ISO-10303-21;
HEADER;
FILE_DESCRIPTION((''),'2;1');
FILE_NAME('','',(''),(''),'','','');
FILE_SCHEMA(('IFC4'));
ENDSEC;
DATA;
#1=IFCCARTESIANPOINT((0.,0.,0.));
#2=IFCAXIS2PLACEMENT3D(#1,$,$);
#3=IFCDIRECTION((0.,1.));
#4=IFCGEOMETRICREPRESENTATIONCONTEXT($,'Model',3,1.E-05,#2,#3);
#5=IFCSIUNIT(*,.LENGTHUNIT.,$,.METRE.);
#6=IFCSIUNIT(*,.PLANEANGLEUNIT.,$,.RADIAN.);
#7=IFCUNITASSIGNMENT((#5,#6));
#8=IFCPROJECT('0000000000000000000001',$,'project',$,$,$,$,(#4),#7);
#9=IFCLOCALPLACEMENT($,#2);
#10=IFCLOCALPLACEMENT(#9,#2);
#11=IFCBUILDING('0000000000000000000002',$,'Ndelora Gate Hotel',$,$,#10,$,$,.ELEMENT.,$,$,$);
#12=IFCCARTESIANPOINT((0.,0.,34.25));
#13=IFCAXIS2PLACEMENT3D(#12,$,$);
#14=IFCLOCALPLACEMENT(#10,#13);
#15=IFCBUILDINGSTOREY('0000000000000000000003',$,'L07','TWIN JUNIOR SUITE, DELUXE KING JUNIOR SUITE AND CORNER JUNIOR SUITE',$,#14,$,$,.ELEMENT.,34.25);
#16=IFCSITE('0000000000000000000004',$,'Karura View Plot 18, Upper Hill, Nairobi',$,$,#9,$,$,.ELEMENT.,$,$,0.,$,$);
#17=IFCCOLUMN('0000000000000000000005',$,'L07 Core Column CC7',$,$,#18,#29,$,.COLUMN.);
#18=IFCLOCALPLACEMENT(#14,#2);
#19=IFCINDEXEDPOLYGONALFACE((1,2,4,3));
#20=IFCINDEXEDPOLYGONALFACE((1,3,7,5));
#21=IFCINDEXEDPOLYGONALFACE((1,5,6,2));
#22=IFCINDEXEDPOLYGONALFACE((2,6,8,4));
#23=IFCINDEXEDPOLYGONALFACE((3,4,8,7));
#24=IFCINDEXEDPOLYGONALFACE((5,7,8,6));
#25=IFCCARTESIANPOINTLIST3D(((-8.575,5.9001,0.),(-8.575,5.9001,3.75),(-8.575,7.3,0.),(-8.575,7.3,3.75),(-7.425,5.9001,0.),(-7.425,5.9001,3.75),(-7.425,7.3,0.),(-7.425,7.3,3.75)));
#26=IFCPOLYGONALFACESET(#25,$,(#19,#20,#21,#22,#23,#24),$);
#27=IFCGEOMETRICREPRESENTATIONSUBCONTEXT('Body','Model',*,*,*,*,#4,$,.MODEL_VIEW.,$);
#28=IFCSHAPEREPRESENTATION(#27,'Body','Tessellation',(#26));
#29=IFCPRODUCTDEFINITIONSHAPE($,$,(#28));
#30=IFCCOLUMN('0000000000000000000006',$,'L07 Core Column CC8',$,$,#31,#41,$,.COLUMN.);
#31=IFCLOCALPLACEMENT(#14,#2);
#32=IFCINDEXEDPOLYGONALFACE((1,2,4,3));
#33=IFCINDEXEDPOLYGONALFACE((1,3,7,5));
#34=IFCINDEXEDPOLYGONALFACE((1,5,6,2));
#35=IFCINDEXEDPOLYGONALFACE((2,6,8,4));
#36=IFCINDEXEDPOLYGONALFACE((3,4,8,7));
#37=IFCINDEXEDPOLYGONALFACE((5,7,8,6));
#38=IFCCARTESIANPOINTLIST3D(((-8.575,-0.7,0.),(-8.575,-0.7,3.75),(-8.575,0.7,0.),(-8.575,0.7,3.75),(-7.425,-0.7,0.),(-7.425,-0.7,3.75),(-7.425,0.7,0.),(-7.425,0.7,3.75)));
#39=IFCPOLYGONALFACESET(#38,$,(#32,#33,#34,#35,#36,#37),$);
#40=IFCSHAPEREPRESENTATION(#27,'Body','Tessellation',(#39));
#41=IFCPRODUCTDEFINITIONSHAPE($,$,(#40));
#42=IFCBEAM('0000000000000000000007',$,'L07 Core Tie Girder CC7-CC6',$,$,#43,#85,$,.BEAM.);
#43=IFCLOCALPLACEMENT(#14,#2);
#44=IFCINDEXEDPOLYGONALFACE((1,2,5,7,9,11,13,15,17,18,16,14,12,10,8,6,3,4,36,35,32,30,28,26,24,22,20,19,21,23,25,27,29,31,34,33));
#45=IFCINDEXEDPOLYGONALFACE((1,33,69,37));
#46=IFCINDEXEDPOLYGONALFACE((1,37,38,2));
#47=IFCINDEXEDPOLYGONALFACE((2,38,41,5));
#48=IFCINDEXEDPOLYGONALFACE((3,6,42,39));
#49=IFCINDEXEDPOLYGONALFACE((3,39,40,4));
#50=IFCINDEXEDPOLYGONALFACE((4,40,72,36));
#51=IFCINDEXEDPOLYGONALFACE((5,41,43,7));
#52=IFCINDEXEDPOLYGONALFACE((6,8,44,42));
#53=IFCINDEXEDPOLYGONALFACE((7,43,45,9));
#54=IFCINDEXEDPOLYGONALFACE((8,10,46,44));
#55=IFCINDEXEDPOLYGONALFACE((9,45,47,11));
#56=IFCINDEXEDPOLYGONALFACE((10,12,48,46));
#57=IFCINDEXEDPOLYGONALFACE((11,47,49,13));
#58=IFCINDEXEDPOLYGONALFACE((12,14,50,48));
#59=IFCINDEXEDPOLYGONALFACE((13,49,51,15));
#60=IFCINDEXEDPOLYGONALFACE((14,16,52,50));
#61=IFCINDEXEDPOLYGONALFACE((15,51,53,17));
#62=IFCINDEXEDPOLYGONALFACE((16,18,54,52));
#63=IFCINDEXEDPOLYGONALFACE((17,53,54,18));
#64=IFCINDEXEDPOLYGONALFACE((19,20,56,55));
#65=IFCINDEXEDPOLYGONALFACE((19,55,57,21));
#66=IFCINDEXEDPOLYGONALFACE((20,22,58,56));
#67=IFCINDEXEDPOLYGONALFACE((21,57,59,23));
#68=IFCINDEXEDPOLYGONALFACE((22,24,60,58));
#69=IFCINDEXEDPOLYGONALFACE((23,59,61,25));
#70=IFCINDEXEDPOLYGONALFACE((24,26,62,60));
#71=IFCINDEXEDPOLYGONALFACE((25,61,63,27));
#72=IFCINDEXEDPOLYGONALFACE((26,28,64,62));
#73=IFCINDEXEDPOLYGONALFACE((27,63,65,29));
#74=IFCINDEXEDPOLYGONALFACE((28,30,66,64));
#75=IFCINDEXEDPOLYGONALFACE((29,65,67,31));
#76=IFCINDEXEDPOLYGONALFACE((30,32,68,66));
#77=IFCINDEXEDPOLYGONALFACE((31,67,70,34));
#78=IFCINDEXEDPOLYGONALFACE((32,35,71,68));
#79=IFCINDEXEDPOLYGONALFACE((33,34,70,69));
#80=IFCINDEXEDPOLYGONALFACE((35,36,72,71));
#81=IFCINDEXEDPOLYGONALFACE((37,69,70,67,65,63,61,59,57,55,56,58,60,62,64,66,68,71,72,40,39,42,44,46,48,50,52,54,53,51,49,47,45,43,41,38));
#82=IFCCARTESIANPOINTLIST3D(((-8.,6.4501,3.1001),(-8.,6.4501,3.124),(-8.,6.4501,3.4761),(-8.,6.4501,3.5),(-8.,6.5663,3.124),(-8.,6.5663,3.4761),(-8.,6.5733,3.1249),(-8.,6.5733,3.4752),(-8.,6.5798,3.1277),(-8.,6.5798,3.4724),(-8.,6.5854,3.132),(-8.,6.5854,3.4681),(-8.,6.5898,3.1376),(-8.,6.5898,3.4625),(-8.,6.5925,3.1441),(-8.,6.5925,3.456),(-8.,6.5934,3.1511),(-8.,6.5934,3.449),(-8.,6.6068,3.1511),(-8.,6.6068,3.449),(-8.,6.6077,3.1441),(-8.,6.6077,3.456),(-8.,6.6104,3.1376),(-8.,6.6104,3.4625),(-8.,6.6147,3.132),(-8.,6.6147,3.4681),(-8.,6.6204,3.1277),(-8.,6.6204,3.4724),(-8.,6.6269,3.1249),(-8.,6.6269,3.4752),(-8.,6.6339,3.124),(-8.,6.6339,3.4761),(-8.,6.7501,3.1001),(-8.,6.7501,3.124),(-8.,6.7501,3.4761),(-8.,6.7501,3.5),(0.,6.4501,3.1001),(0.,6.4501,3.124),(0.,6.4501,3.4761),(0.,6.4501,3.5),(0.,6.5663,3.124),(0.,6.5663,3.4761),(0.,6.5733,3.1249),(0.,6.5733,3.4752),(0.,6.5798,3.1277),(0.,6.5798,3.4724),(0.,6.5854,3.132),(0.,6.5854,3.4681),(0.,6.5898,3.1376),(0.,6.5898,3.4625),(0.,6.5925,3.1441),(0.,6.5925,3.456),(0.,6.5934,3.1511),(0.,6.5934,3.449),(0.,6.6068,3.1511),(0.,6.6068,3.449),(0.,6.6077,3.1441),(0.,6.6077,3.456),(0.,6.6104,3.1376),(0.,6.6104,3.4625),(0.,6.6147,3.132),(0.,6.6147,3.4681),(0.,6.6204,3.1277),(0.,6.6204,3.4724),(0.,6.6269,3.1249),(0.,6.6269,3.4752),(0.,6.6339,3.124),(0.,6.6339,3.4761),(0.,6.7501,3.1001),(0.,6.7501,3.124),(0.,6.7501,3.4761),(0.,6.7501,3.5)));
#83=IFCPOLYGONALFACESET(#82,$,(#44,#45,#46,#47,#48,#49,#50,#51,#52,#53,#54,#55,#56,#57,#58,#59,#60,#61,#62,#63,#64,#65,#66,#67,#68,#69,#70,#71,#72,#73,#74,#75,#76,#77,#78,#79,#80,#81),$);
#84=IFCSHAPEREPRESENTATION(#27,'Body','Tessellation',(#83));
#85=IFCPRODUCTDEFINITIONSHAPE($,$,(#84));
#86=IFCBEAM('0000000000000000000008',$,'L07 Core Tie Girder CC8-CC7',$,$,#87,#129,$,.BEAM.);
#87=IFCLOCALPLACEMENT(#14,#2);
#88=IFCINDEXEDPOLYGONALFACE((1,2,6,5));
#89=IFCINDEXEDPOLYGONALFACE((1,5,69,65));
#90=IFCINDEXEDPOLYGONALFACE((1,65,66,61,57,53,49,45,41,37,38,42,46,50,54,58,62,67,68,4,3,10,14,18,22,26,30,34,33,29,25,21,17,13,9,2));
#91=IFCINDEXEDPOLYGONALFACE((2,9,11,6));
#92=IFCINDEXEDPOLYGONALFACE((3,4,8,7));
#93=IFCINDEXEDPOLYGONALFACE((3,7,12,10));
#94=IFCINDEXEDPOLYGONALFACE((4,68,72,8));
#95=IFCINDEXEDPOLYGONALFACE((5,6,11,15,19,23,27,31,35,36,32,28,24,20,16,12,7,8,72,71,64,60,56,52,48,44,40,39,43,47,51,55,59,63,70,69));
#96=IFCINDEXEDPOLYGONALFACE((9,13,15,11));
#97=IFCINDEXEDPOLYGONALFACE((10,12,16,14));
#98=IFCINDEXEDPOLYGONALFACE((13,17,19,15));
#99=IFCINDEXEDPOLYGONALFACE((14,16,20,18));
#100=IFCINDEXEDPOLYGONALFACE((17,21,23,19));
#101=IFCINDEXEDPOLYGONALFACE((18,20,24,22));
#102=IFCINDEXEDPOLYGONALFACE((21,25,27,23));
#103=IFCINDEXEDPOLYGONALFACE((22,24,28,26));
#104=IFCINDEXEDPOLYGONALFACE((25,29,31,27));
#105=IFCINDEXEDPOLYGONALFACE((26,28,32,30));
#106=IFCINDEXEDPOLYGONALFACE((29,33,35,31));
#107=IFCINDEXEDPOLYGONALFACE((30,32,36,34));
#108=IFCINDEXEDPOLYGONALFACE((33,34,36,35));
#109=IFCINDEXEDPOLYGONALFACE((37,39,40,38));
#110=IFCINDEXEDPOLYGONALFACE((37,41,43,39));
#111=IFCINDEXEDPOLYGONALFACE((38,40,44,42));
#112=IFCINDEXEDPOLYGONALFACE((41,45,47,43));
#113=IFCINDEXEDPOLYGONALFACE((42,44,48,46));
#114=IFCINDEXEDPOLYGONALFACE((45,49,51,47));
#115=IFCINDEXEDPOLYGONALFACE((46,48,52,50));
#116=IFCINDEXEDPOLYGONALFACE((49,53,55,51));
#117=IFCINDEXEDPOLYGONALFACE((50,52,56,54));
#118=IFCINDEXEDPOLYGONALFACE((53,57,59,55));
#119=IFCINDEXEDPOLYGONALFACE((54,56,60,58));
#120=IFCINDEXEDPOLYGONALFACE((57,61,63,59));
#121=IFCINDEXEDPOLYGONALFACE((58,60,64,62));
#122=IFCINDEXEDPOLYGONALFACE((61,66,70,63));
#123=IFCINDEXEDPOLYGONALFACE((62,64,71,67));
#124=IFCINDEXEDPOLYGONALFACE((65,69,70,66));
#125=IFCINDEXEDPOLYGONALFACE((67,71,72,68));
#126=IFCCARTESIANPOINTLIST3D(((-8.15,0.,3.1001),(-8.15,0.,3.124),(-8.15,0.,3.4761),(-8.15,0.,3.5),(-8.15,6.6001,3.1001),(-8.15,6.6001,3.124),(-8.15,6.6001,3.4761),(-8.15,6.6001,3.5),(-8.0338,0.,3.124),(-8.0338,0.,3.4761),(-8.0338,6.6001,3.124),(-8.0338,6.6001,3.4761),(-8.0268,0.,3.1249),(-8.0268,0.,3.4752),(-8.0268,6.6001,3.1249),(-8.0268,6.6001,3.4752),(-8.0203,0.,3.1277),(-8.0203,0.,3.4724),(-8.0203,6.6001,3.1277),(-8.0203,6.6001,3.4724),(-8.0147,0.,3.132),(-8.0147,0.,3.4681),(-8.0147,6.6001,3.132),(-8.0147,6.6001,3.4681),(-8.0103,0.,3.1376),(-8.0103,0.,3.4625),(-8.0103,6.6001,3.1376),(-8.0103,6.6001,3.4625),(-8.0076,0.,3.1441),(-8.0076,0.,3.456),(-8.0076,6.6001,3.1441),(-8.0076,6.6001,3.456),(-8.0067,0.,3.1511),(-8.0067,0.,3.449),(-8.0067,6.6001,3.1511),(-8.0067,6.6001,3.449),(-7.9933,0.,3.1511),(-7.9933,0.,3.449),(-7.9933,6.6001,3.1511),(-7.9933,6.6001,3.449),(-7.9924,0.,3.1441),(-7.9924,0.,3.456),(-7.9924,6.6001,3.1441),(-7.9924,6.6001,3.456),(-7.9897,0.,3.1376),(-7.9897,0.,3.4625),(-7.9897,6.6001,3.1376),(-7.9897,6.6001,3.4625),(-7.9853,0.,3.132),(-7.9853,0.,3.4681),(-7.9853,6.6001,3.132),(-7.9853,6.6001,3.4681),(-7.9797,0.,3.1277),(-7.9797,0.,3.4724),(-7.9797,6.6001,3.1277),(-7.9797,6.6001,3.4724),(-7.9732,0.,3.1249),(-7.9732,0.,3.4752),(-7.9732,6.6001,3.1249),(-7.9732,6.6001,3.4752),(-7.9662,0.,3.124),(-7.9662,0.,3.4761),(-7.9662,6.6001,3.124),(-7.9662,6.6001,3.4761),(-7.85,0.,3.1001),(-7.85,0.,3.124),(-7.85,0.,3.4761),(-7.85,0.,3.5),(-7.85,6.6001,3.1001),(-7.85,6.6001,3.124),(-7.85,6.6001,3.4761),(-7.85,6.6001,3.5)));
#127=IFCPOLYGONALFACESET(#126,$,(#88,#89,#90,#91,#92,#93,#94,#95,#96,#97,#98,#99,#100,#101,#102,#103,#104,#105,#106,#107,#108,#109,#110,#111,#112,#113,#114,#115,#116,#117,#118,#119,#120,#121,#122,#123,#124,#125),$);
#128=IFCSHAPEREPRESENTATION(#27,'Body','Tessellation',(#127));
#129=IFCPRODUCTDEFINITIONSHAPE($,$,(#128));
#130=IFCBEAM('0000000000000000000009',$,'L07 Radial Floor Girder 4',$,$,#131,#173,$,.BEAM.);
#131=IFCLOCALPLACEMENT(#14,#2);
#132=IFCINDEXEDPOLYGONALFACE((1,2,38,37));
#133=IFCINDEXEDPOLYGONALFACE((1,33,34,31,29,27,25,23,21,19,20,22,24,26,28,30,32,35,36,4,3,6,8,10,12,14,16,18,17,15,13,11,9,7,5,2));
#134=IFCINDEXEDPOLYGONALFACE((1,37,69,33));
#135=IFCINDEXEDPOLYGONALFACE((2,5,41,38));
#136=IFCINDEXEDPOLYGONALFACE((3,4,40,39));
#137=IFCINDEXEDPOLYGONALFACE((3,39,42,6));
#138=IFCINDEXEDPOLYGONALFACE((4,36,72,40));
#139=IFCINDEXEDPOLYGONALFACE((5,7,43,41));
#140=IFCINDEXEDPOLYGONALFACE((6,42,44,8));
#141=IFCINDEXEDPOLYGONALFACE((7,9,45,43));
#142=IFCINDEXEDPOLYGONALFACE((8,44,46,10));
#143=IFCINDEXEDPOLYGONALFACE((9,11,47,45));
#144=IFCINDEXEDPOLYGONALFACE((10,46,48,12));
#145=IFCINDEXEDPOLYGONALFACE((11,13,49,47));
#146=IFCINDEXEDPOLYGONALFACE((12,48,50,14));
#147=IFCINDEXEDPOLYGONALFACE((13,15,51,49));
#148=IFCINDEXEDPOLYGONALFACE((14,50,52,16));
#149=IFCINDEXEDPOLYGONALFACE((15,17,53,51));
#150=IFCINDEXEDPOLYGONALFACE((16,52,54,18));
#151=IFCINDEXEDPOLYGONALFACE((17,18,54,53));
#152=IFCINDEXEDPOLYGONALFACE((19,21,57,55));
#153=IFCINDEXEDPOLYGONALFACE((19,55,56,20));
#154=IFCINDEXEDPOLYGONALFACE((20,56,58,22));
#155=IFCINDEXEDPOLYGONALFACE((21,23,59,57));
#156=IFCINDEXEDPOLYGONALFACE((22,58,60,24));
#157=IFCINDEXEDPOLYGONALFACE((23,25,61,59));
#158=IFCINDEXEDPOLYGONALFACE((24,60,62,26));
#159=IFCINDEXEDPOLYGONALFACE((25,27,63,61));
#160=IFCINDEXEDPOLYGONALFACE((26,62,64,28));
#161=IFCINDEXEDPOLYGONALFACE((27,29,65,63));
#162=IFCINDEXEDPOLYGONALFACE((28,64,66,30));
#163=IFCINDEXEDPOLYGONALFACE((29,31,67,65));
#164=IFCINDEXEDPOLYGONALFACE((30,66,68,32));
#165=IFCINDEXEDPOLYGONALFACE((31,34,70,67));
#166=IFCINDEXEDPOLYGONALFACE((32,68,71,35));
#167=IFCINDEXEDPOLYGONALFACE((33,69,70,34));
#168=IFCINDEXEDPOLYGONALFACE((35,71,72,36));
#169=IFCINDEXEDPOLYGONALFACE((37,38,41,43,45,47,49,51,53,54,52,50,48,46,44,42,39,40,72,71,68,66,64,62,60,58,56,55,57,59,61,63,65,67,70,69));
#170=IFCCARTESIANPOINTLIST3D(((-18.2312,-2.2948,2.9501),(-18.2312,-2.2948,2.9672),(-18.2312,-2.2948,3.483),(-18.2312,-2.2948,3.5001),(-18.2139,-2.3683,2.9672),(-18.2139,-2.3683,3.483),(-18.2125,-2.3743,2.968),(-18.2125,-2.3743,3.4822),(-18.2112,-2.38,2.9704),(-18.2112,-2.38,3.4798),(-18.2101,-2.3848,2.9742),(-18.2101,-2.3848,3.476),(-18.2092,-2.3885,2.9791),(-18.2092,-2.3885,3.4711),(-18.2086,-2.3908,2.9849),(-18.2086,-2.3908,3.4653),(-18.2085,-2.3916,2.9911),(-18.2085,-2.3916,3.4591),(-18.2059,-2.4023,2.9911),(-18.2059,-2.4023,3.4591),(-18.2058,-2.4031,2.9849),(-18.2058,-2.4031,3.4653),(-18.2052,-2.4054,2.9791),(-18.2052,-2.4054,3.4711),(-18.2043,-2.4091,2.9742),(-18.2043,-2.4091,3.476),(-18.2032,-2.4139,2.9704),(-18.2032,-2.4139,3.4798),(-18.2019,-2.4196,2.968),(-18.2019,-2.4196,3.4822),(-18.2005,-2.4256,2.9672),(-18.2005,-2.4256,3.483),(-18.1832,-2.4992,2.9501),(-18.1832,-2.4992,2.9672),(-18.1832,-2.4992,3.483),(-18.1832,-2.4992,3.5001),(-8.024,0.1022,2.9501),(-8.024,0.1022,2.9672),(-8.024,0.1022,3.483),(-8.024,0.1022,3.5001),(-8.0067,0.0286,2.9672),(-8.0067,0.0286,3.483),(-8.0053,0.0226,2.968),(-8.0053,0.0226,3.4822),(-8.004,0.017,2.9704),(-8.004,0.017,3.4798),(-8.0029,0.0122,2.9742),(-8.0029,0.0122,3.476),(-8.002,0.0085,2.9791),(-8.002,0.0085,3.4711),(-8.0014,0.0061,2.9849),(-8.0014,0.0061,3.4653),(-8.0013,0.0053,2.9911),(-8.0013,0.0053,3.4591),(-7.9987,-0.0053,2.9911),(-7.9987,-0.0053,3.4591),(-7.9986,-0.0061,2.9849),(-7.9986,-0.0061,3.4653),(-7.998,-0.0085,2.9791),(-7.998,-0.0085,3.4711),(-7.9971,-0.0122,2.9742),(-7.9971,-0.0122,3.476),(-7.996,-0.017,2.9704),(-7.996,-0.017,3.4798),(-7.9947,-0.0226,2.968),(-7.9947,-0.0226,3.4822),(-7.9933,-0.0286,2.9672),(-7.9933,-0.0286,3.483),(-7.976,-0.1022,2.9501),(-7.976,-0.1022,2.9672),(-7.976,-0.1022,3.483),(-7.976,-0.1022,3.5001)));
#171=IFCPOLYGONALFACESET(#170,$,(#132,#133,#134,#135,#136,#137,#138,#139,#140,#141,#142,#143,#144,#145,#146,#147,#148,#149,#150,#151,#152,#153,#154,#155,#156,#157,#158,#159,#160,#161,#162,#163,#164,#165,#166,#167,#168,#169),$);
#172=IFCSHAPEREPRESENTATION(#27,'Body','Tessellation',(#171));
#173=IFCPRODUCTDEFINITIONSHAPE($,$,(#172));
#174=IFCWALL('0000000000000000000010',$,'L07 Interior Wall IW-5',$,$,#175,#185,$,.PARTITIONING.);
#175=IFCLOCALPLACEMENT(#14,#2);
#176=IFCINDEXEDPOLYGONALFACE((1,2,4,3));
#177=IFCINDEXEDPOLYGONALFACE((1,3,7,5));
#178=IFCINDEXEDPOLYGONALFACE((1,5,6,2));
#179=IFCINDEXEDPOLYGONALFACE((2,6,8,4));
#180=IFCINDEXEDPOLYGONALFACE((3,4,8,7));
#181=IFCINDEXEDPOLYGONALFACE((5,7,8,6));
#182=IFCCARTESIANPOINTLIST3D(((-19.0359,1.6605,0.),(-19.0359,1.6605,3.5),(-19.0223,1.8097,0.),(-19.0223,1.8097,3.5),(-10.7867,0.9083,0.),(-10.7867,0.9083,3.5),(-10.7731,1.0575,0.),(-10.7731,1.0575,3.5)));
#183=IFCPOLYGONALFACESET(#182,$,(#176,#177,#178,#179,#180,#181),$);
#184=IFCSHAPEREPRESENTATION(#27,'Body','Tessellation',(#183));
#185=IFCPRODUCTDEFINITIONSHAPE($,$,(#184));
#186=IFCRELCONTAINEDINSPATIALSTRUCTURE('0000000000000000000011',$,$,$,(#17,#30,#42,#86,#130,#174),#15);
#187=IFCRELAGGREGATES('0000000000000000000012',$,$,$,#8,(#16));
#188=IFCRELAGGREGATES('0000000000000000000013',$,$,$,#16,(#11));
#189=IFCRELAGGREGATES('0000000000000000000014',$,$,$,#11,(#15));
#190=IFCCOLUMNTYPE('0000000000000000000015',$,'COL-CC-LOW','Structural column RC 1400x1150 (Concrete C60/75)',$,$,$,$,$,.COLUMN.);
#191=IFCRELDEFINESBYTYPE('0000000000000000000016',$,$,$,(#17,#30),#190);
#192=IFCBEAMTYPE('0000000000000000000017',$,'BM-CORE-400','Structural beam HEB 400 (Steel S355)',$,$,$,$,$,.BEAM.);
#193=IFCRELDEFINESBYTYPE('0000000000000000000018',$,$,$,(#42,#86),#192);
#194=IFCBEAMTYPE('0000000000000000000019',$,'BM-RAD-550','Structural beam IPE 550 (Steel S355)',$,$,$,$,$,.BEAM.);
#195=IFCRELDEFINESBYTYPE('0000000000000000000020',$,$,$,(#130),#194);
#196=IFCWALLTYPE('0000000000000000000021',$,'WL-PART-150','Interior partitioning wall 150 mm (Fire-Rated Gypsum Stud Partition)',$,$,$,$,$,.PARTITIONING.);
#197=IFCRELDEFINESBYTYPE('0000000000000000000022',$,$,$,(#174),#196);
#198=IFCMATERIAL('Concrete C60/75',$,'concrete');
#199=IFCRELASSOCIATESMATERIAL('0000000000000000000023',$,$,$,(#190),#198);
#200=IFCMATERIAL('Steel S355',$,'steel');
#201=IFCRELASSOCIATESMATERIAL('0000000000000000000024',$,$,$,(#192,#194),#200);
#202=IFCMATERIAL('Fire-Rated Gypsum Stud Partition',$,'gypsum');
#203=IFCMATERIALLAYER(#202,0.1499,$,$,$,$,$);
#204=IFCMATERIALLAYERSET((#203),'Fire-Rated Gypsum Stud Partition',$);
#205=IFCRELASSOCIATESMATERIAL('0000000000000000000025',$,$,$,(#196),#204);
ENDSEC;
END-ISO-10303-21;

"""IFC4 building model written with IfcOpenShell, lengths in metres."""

from ifc_helpers import new_model, si_unit, direction, frame, frame_2d, origin, origin_2d, place, context, subcontext, project, spatial, rectangle, i_section, extrude, material, layer, layer_set, material_profile, profile_set, type_object, element, save


model = new_model("IFC4")

# Units and contexts
model_context = context("Model", 3, precision=1e-05, world=origin(), true_north=direction((0.0, 1.0)))
body_context = subcontext(model_context, "Body", "Model", "MODEL_VIEW")
ifc_project = project(units=[si_unit("LENGTHUNIT", "METRE"), si_unit("PLANEANGLEUNIT", "RADIAN")], contexts=[model_context])

# Site, building, storey
site_placement = place(None, origin())
site = spatial("IfcSite", under=ifc_project, at=site_placement, Name="Karura View Plot 18, Upper Hill, Nairobi", CompositionType="ELEMENT", RefElevation=0.0)
building_placement = place(site_placement, origin())
building = spatial("IfcBuilding", under=site, at=building_placement, Name="Ndelora Gate Hotel", CompositionType="ELEMENT")
storey_placement = place(building_placement, frame((0.0, 0.0, 34.25)))
storey = spatial("IfcBuildingStorey", under=building, at=storey_placement, Name="L07", Description="TWIN JUNIOR SUITE, DELUXE KING JUNIOR SUITE AND CORNER JUNIOR SUITE", CompositionType="ELEMENT", Elevation=34.25)

# Columns
ifc_material_1 = material(Name="Concrete C60/75", Category="concrete")
ifc_material_profile_1 = material_profile(ifc_material_1, rectangle(XDim=1.1499, YDim=1.3999, at=origin_2d()), Name="RC 1400x1150")
ifc_profile_set_1 = profile_set([ifc_material_profile_1], Name="Concrete C60/75")
column_type = type_object("IfcColumnType", Name="COL-CC-LOW", Description="Structural column RC 1400x1150 (Concrete C60/75)", PredefinedType="COLUMN", material=ifc_profile_set_1)
for number, where, z_axis, x_axis, name in (
    (1, (-8.0, 6.6001, 0.0), (0.0, 0.0, 1.0), (1.0, 0.0, 0.0), "L07 Core Column CC7"),
    (2, (-8.0, 0.0, 0.0), (0.0, 0.0, 1.0), (1.0, 0.0, 0.0), "L07 Core Column CC8"),
):
    element("IfcColumn", number, at=place(storey_placement, frame(where, z_axis=z_axis, x_axis=x_axis)), inside=storey, type_object=column_type, Name=name, PredefinedType="COLUMN", context=body_context, shape_type="SweptSolid", body=[
        extrude(rectangle(XDim=1.1499, YDim=1.3999, at=origin_2d()), origin(), (0.0, 0.0, 1.0), 3.75),
    ])

# Beams
ifc_material_2 = material(Name="Steel S355", Category="steel")
ifc_material_profile_2 = material_profile(ifc_material_2, i_section(OverallWidth=0.3, OverallDepth=0.3999, WebThickness=0.0134, FlangeThickness=0.0239, FilletRadius=0.0271, at=origin_2d()), Name="HEB 400")
ifc_profile_set_2 = profile_set([ifc_material_profile_2], Name="Steel S355")
beam_type_1 = type_object("IfcBeamType", Name="BM-CORE-400", Description="Structural beam HEB 400 (Steel S355)", PredefinedType="BEAM", material=ifc_profile_set_2)
beam_1_placement = place(storey_placement, frame((-8.0, 6.6001, 3.3), z_axis=(1.0, 0.0, 0.0), x_axis=(0.0, 1.0, 0.0)))
element("IfcBeam", 3, at=beam_1_placement, inside=storey, type_object=beam_type_1, Name="L07 Core Tie Girder CC7-CC6", PredefinedType="BEAM", context=body_context, shape_type="SweptSolid", body=[
    extrude(i_section(OverallWidth=0.3, OverallDepth=0.3999, WebThickness=0.0134, FlangeThickness=0.0239, FilletRadius=0.0271, at=origin_2d()), origin(), (0.0, 0.0, 1.0), 8.0),
])
beam_2_placement = place(storey_placement, frame((-8.0, 0.0, 3.3), z_axis=(0.0, 1.0, 0.0), x_axis=(-1.0, 0.0, 0.0)))
element("IfcBeam", 4, at=beam_2_placement, inside=storey, type_object=beam_type_1, Name="L07 Core Tie Girder CC8-CC7", PredefinedType="BEAM", context=body_context, shape_type="SweptSolid", body=[
    extrude(i_section(OverallWidth=0.3, OverallDepth=0.3999, WebThickness=0.0134, FlangeThickness=0.0239, FilletRadius=0.0271, at=origin_2d()), origin(), (0.0, 0.0, 1.0), 6.6001),
])
ifc_material_profile_3 = material_profile(ifc_material_2, i_section(OverallWidth=0.21, OverallDepth=0.55, WebThickness=0.011, FlangeThickness=0.0171, FilletRadius=0.0239, at=origin_2d()), Name="IPE 550")
ifc_profile_set_3 = profile_set([ifc_material_profile_3], Name="Steel S355")
beam_type_2 = type_object("IfcBeamType", Name="BM-RAD-550", Description="Structural beam IPE 550 (Steel S355)", PredefinedType="BEAM", material=ifc_profile_set_3)
beam_3_placement = place(storey_placement, frame((-8.0, 0.0, 3.2251), z_axis=(-0.973518, -0.228611, 0.0), x_axis=(0.228611, -0.973518, 0.0)))
element("IfcBeam", 5, at=beam_3_placement, inside=storey, type_object=beam_type_2, Name="L07 Radial Floor Girder 4", PredefinedType="BEAM", context=body_context, shape_type="SweptSolid", body=[
    extrude(i_section(OverallWidth=0.21, OverallDepth=0.55, WebThickness=0.011, FlangeThickness=0.0171, FilletRadius=0.0239, at=origin_2d()), origin(), (0.0, 0.0, 1.0), 10.4849),
])

# Wall
ifc_material_3 = material(Name="Fire-Rated Gypsum Stud Partition", Category="gypsum")
ifc_layer_1 = layer(ifc_material_3, 0.1499)
ifc_layer_set_1 = layer_set([ifc_layer_1], Name="Fire-Rated Gypsum Stud Partition")
wall_type_1 = type_object("IfcWallType", Name="WL-PART-150", Description="Interior partitioning wall 150 mm (Fire-Rated Gypsum Stud Partition)", PredefinedType="PARTITIONING", material=ifc_layer_set_1)
wall_1_placement = place(storey_placement, frame((-10.78, 0.9829, 0.0), z_axis=(0.0, 0.0, 1.0), x_axis=(-0.995869, 0.090807, 0.0)))
element("IfcWall", 6, at=wall_1_placement, inside=storey, type_object=wall_type_1, Name="L07 Interior Wall IW-5", PredefinedType="PARTITIONING", context=body_context, shape_type="SweptSolid", body=[
    extrude(rectangle(XDim=8.2834, YDim=0.1499, at=frame_2d((4.1416, 0.0))), origin(), (0.0, 0.0, 1.0), 3.5),
])

save(model, "model.ifc")
